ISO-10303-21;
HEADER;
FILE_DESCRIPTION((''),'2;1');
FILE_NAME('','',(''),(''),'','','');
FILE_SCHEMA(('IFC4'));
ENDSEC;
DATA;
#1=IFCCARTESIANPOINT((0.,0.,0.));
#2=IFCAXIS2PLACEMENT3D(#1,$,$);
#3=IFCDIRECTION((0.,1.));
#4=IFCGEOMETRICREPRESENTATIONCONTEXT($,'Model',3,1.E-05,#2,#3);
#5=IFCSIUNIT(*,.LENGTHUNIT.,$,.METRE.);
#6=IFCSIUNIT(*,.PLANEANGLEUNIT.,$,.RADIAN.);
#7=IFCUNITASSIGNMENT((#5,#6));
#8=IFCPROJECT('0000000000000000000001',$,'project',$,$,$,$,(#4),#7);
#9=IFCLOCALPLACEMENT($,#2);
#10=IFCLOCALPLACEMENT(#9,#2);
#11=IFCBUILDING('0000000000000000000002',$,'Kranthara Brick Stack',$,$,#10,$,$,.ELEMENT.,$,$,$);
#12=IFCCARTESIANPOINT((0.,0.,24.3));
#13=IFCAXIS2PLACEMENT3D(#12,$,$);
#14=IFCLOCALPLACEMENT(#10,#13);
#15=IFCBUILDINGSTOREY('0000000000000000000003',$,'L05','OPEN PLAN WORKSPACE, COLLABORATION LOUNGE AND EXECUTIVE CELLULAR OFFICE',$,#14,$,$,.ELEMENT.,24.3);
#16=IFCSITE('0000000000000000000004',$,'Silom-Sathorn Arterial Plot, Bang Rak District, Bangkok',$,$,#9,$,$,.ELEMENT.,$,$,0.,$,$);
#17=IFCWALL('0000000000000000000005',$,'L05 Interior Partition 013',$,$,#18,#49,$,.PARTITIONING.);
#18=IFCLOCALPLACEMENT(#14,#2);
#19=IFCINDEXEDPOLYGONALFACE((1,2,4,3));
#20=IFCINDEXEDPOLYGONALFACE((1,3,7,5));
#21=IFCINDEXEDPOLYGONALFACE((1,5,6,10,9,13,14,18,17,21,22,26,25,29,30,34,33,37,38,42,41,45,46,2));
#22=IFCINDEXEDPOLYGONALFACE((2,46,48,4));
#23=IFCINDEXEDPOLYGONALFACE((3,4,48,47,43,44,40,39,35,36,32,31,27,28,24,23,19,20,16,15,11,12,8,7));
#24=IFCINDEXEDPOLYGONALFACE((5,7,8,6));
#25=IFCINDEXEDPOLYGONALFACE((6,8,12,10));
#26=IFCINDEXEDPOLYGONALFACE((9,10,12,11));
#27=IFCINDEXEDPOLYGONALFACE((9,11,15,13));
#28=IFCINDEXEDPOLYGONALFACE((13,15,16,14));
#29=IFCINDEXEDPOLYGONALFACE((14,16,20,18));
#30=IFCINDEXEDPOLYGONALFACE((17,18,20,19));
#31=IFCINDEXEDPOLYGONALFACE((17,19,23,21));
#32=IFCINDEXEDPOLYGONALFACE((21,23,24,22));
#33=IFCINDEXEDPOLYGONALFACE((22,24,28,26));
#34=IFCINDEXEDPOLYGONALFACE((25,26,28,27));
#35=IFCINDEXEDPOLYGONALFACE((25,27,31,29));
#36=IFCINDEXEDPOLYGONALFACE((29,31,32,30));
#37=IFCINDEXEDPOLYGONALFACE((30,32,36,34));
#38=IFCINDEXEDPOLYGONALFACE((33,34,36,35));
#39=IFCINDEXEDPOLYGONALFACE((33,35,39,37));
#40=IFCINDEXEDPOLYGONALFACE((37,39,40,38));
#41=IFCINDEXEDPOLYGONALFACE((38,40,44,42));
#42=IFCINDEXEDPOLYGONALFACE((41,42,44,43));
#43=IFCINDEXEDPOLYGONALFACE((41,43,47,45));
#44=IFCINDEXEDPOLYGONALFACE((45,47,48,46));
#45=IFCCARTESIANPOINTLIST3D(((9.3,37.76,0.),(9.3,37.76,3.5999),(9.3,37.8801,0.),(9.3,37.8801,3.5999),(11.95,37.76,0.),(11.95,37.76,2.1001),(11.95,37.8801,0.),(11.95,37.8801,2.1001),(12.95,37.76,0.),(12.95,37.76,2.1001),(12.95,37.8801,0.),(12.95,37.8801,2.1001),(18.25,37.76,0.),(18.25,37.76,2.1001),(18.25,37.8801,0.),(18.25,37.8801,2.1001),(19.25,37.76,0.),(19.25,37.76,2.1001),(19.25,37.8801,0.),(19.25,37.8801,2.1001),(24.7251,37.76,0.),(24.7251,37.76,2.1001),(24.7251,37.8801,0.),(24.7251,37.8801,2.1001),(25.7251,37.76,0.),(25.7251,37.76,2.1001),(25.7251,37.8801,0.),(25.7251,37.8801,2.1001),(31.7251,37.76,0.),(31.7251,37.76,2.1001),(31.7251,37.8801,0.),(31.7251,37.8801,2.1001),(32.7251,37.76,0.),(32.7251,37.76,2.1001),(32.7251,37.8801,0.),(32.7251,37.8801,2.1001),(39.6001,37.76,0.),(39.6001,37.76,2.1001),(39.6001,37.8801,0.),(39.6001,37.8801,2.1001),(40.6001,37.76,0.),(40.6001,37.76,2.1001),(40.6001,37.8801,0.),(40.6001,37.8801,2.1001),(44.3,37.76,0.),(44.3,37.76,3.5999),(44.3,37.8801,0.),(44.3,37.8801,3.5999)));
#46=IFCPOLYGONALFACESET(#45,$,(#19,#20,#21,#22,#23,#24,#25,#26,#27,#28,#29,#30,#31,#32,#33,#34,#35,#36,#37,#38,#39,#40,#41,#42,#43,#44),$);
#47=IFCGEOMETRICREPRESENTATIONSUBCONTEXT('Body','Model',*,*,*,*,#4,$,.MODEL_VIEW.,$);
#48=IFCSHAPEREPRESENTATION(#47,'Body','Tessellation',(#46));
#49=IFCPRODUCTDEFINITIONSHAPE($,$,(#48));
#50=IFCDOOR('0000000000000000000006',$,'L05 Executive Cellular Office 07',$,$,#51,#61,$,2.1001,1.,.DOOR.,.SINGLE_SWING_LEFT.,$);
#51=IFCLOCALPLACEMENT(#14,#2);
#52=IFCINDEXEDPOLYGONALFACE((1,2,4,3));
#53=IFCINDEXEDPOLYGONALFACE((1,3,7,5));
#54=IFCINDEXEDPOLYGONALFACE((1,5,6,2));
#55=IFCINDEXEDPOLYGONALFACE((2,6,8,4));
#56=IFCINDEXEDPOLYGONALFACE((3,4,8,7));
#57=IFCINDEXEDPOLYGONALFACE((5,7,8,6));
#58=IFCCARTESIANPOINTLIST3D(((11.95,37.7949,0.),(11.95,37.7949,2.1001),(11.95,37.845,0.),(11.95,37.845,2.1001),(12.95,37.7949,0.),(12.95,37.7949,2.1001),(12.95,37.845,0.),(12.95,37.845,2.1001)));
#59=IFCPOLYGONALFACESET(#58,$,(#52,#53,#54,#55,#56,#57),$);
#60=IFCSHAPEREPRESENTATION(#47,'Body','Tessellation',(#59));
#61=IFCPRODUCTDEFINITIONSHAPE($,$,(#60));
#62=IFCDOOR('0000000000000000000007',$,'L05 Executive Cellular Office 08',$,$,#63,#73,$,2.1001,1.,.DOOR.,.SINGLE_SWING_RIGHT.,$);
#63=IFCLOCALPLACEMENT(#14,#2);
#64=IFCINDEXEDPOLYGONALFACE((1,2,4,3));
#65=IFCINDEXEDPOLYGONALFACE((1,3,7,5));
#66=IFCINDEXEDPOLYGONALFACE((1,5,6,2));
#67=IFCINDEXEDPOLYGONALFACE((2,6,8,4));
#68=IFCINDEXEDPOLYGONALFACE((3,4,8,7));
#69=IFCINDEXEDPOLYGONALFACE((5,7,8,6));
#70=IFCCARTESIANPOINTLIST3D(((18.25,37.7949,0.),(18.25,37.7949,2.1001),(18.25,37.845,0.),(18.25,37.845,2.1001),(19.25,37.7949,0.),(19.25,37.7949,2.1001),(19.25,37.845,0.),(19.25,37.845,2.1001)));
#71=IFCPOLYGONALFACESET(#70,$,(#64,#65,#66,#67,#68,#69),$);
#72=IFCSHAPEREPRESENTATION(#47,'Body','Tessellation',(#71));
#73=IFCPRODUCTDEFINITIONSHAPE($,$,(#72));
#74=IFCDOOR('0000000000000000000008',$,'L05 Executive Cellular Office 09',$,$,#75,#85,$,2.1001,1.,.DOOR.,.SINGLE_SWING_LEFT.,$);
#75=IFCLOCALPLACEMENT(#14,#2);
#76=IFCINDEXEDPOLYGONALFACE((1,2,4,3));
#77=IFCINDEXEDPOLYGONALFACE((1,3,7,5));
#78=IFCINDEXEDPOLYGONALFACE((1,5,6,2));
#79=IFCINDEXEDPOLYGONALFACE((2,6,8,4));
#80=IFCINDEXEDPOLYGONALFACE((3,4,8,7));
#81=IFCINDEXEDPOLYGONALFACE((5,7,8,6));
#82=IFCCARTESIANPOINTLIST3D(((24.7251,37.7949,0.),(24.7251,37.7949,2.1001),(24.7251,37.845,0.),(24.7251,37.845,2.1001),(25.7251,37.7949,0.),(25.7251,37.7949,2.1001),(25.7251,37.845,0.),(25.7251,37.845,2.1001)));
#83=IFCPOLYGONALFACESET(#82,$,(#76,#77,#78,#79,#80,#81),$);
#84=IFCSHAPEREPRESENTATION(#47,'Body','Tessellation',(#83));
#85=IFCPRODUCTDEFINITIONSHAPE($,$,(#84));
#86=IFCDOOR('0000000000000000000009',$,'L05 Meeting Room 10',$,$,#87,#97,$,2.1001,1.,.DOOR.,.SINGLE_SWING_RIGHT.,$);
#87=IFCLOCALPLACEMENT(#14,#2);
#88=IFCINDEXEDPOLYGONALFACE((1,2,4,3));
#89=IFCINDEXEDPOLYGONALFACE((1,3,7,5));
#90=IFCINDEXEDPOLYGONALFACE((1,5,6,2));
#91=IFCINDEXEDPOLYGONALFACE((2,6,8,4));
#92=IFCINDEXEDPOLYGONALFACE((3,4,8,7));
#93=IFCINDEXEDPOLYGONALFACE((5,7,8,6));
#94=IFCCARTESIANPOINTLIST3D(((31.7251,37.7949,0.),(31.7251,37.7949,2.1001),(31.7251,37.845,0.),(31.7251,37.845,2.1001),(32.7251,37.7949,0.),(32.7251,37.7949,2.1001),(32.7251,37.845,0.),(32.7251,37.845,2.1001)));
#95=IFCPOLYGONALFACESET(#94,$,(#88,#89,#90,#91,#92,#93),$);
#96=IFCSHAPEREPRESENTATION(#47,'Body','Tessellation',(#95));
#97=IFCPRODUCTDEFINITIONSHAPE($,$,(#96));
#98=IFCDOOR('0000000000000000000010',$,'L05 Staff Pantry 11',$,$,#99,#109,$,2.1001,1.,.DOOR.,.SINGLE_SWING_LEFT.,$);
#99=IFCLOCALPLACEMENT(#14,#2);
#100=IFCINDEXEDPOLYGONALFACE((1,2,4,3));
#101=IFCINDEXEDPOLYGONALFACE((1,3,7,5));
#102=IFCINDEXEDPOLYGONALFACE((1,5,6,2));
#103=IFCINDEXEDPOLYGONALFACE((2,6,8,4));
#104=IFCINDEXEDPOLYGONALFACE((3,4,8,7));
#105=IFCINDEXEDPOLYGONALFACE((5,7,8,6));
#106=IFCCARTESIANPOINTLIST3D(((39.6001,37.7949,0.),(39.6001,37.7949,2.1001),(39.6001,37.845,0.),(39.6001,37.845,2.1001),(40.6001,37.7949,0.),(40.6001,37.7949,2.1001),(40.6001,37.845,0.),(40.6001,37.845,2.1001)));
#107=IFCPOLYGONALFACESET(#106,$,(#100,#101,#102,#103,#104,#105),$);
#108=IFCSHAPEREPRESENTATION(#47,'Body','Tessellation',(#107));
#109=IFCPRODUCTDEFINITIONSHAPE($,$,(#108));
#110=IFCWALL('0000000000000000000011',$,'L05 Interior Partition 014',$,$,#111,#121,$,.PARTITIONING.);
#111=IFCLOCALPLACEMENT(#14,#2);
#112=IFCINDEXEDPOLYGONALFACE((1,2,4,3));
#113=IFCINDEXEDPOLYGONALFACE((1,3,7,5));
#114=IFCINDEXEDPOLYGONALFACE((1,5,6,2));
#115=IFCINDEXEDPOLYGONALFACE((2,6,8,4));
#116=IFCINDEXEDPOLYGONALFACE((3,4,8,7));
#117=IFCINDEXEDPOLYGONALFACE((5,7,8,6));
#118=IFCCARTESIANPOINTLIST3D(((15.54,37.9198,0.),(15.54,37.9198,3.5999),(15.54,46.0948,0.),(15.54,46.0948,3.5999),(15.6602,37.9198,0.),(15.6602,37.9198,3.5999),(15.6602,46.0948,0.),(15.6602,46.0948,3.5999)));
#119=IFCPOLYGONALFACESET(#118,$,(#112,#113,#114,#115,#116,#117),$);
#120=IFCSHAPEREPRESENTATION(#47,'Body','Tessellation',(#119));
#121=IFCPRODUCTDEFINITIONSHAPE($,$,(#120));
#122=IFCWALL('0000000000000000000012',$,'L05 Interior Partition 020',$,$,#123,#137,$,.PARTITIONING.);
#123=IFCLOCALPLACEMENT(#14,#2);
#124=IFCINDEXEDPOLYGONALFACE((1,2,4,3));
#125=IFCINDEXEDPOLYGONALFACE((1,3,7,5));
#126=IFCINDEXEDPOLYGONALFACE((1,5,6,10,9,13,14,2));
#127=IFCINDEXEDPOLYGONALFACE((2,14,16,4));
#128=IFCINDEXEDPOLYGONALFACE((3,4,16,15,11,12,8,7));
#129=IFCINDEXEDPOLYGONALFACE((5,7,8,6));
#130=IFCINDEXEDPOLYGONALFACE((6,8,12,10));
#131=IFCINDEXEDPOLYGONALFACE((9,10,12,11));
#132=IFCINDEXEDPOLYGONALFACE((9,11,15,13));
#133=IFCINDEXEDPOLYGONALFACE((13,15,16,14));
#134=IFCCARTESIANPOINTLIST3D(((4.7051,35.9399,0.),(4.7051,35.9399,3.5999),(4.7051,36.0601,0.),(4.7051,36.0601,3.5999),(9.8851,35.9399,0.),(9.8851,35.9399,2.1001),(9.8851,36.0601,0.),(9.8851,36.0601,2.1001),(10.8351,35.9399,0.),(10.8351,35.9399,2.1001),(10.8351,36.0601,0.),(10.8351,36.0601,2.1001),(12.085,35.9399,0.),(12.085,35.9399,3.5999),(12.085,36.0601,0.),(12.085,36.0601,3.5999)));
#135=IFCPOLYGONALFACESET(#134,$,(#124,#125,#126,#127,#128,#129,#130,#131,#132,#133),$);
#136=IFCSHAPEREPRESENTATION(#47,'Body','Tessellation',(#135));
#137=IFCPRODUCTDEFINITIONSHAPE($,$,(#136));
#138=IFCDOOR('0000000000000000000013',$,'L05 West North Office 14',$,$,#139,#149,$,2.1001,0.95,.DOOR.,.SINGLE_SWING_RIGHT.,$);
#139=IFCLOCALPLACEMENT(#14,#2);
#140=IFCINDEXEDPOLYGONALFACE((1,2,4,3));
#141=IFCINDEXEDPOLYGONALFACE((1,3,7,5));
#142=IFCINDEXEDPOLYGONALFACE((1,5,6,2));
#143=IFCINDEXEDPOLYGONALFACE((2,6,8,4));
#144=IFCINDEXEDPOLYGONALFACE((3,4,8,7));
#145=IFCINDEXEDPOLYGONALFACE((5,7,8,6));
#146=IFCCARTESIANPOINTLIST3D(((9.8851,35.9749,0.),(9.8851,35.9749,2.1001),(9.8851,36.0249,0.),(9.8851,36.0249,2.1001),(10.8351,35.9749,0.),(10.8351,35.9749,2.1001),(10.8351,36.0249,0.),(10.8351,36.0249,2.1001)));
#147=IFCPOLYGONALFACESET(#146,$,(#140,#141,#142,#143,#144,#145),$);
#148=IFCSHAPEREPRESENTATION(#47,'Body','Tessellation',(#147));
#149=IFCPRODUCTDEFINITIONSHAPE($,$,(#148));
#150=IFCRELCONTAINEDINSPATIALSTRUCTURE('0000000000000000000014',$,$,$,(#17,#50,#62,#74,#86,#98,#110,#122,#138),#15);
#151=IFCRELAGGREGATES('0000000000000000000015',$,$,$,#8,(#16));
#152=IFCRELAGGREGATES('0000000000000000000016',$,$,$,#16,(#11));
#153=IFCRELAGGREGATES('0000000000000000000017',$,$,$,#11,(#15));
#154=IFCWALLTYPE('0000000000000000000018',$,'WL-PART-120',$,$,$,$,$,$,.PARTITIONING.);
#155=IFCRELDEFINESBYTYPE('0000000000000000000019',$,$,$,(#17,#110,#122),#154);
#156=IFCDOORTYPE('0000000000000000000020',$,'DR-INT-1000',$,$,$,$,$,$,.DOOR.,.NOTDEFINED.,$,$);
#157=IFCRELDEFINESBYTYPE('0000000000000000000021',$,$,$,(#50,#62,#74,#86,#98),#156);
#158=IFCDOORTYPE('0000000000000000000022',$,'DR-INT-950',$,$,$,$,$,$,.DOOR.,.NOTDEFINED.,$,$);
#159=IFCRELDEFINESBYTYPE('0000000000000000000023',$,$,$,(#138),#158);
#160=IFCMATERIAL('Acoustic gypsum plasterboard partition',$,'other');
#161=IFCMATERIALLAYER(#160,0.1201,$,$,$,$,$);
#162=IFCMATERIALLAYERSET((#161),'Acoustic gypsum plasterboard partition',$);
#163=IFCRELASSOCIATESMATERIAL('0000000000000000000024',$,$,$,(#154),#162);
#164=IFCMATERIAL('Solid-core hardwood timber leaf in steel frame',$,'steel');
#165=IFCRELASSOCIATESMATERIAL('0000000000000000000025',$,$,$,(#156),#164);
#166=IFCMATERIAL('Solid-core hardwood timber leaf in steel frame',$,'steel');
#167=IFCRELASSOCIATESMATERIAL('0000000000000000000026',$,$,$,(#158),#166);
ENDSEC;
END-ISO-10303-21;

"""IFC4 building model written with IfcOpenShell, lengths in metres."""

from ifc_helpers import new_model, si_unit, direction, frame, frame_2d, origin, place, context, subcontext, project, spatial, rectangle, extrude, material, layer, layer_set, type_object, element, fill, save


model = new_model("IFC4")

# Units and contexts
model_context = context("Model", 3, precision=1e-05, world=origin(), true_north=direction((0.0, 1.0)))
body_context = subcontext(model_context, "Body", "Model", "MODEL_VIEW")
ifc_project = project(units=[si_unit("LENGTHUNIT", "METRE"), si_unit("PLANEANGLEUNIT", "RADIAN")], contexts=[model_context])

# Site, building, storey
site_placement = place(None, origin())
site = spatial("IfcSite", under=ifc_project, at=site_placement, Name="Silom-Sathorn Arterial Plot, Bang Rak District, Bangkok", CompositionType="ELEMENT", RefElevation=0.0)
building_placement = place(site_placement, origin())
building = spatial("IfcBuilding", under=site, at=building_placement, Name="Kranthara Brick Stack", CompositionType="ELEMENT")
storey_placement = place(building_placement, frame((0.0, 0.0, 24.3)))
storey = spatial("IfcBuildingStorey", under=building, at=storey_placement, Name="L05", Description="OPEN PLAN WORKSPACE, COLLABORATION LOUNGE AND EXECUTIVE CELLULAR OFFICE", CompositionType="ELEMENT", Elevation=24.3)

# Wall, openings, doors
ifc_material_1 = material(Name="Acoustic gypsum plasterboard partition", Category="other")
ifc_layer_1 = layer(ifc_material_1, 0.1201)
ifc_layer_set_1 = layer_set([ifc_layer_1], Name="Acoustic gypsum plasterboard partition")
wall_type_1 = type_object("IfcWallType", Name="WL-PART-120", PredefinedType="PARTITIONING", material=ifc_layer_set_1)
wall_1_placement = place(storey_placement, frame((9.3, 37.8201, 0.0), z_axis=(0.0, 0.0, 1.0), x_axis=(1.0, 0.0, 0.0)))
wall_1 = element("IfcWall", 1, at=wall_1_placement, inside=storey, type_object=wall_type_1, Name="L05 Interior Partition 013", PredefinedType="PARTITIONING", context=body_context, shape_type="SweptSolid", body=[
    extrude(rectangle(XDim=35.0, YDim=0.1201, at=frame_2d((17.5, 0.0))), origin(), (0.0, 0.0, 1.0), 3.5999),
])
opening_1_placement = place(wall_1_placement, frame((2.6499, 0.0, 0.0)))
opening_1 = element("IfcOpeningElement", 2, at=opening_1_placement, cuts=wall_1, PredefinedType="OPENING", context=body_context, shape_type="SweptSolid", body=[
    extrude(rectangle(XDim=1.0, YDim=2.1001, at=frame_2d((0.5, 1.05))), frame((0.0, 0.0701, 0.0), z_axis=(0.0, -1.0, 0.0), x_axis=(1.0, 0.0, 0.0)), (0.0, 0.0, 1.0), 0.1401),
])
opening_2_placement = place(wall_1_placement, frame((8.95, 0.0, 0.0)))
opening_2 = element("IfcOpeningElement", 3, at=opening_2_placement, cuts=wall_1, PredefinedType="OPENING", context=body_context, shape_type="SweptSolid", body=[
    extrude(rectangle(XDim=1.0, YDim=2.1001, at=frame_2d((0.5, 1.05))), frame((0.0, 0.0701, 0.0), z_axis=(0.0, -1.0, 0.0), x_axis=(1.0, 0.0, 0.0)), (0.0, 0.0, 1.0), 0.1401),
])
opening_3_placement = place(wall_1_placement, frame((15.425, 0.0, 0.0)))
opening_3 = element("IfcOpeningElement", 4, at=opening_3_placement, cuts=wall_1, PredefinedType="OPENING", context=body_context, shape_type="SweptSolid", body=[
    extrude(rectangle(XDim=1.0, YDim=2.1001, at=frame_2d((0.5, 1.05))), frame((0.0, 0.0701, 0.0), z_axis=(0.0, -1.0, 0.0), x_axis=(1.0, 0.0, 0.0)), (0.0, 0.0, 1.0), 0.1401),
])
opening_4_placement = place(wall_1_placement, frame((22.425, 0.0, 0.0)))
opening_4 = element("IfcOpeningElement", 5, at=opening_4_placement, cuts=wall_1, PredefinedType="OPENING", context=body_context, shape_type="SweptSolid", body=[
    extrude(rectangle(XDim=1.0, YDim=2.1001, at=frame_2d((0.5, 1.05))), frame((0.0, 0.0701, 0.0), z_axis=(0.0, -1.0, 0.0), x_axis=(1.0, 0.0, 0.0)), (0.0, 0.0, 1.0), 0.1401),
])
opening_5_placement = place(wall_1_placement, frame((30.3, 0.0, 0.0)))
opening_5 = element("IfcOpeningElement", 6, at=opening_5_placement, cuts=wall_1, PredefinedType="OPENING", context=body_context, shape_type="SweptSolid", body=[
    extrude(rectangle(XDim=1.0, YDim=2.1001, at=frame_2d((0.5, 1.05))), frame((0.0, 0.0701, 0.0), z_axis=(0.0, -1.0, 0.0), x_axis=(1.0, 0.0, 0.0)), (0.0, 0.0, 1.0), 0.1401),
])
ifc_material_2 = material(Name="Solid-core hardwood timber leaf in steel frame", Category="steel")
door_type_1 = type_object("IfcDoorType", Name="DR-INT-1000", OperationType="NOTDEFINED", PredefinedType="DOOR", material=ifc_material_2)
door_1_placement = place(opening_1_placement, origin())
door_1 = element("IfcDoor", 7, at=door_1_placement, inside=storey, type_object=door_type_1, Name="L05 Executive Cellular Office 07", OperationType="SINGLE_SWING_LEFT", OverallHeight=2.1001, OverallWidth=1.0, PredefinedType="DOOR", context=body_context, shape_type="SweptSolid", body=[
    extrude(rectangle(XDim=1.0, YDim=2.1001, at=frame_2d((0.5, 1.05))), frame((0.0, 0.0249, 0.0), z_axis=(0.0, -1.0, 0.0), x_axis=(1.0, 0.0, 0.0)), (0.0, 0.0, 1.0), 0.05),
])
fill(opening_1, door_1)
door_2_placement = place(opening_2_placement, origin())
door_2 = element("IfcDoor", 8, at=door_2_placement, inside=storey, type_object=door_type_1, Name="L05 Executive Cellular Office 08", OperationType="SINGLE_SWING_RIGHT", OverallHeight=2.1001, OverallWidth=1.0, PredefinedType="DOOR", context=body_context, shape_type="SweptSolid", body=[
    extrude(rectangle(XDim=1.0, YDim=2.1001, at=frame_2d((0.5, 1.05))), frame((0.0, 0.0249, 0.0), z_axis=(0.0, -1.0, 0.0), x_axis=(1.0, 0.0, 0.0)), (0.0, 0.0, 1.0), 0.05),
])
fill(opening_2, door_2)
door_3_placement = place(opening_3_placement, origin())
door_3 = element("IfcDoor", 9, at=door_3_placement, inside=storey, type_object=door_type_1, Name="L05 Executive Cellular Office 09", OperationType="SINGLE_SWING_LEFT", OverallHeight=2.1001, OverallWidth=1.0, PredefinedType="DOOR", context=body_context, shape_type="SweptSolid", body=[
    extrude(rectangle(XDim=1.0, YDim=2.1001, at=frame_2d((0.5, 1.05))), frame((0.0, 0.0249, 0.0), z_axis=(0.0, -1.0, 0.0), x_axis=(1.0, 0.0, 0.0)), (0.0, 0.0, 1.0), 0.05),
])
fill(opening_3, door_3)
door_4_placement = place(opening_4_placement, origin())
door_4 = element("IfcDoor", 10, at=door_4_placement, inside=storey, type_object=door_type_1, Name="L05 Meeting Room 10", OperationType="SINGLE_SWING_RIGHT", OverallHeight=2.1001, OverallWidth=1.0, PredefinedType="DOOR", context=body_context, shape_type="SweptSolid", body=[
    extrude(rectangle(XDim=1.0, YDim=2.1001, at=frame_2d((0.5, 1.05))), frame((0.0, 0.0249, 0.0), z_axis=(0.0, -1.0, 0.0), x_axis=(1.0, 0.0, 0.0)), (0.0, 0.0, 1.0), 0.05),
])
fill(opening_4, door_4)
door_5_placement = place(opening_5_placement, origin())
door_5 = element("IfcDoor", 11, at=door_5_placement, inside=storey, type_object=door_type_1, Name="L05 Staff Pantry 11", OperationType="SINGLE_SWING_LEFT", OverallHeight=2.1001, OverallWidth=1.0, PredefinedType="DOOR", context=body_context, shape_type="SweptSolid", body=[
    extrude(rectangle(XDim=1.0, YDim=2.1001, at=frame_2d((0.5, 1.05))), frame((0.0, 0.0249, 0.0), z_axis=(0.0, -1.0, 0.0), x_axis=(1.0, 0.0, 0.0)), (0.0, 0.0, 1.0), 0.05),
])
fill(opening_5, door_5)

# Wall
wall_2_placement = place(storey_placement, frame((15.6001, 37.9199, 0.0), z_axis=(0.0, 0.0, 1.0), x_axis=(0.0, 1.0, 0.0)))
element("IfcWall", 12, at=wall_2_placement, inside=storey, type_object=wall_type_1, Name="L05 Interior Partition 014", PredefinedType="PARTITIONING", context=body_context, shape_type="SweptSolid", body=[
    extrude(rectangle(XDim=8.175, YDim=0.1201, at=frame_2d((4.0874, 0.0))), origin(), (0.0, 0.0, 1.0), 3.5999),
])

# Wall, opening, door
wall_3_placement = place(storey_placement, frame((4.7051, 36.0, 0.0), z_axis=(0.0, 0.0, 1.0), x_axis=(1.0, 0.0, 0.0)))
wall_3 = element("IfcWall", 13, at=wall_3_placement, inside=storey, type_object=wall_type_1, Name="L05 Interior Partition 020", PredefinedType="PARTITIONING", context=body_context, shape_type="SweptSolid", body=[
    extrude(rectangle(XDim=7.3799, YDim=0.1201, at=frame_2d((3.6899, 0.0))), origin(), (0.0, 0.0, 1.0), 3.5999),
])
opening_6_placement = place(wall_3_placement, frame((5.1799, 0.0, 0.0)))
opening_6 = element("IfcOpeningElement", 14, at=opening_6_placement, cuts=wall_3, PredefinedType="OPENING", context=body_context, shape_type="SweptSolid", body=[
    extrude(rectangle(XDim=0.95, YDim=2.1001, at=frame_2d((0.4751, 1.05))), frame((0.0, 0.0701, 0.0), z_axis=(0.0, -1.0, 0.0), x_axis=(1.0, 0.0, 0.0)), (0.0, 0.0, 1.0), 0.1401),
])
ifc_material_3 = material(Name="Solid-core hardwood timber leaf in steel frame", Category="steel")
door_type_2 = type_object("IfcDoorType", Name="DR-INT-950", OperationType="NOTDEFINED", PredefinedType="DOOR", material=ifc_material_3)
door_6_placement = place(opening_6_placement, origin())
door_6 = element("IfcDoor", 15, at=door_6_placement, inside=storey, type_object=door_type_2, Name="L05 West North Office 14", OperationType="SINGLE_SWING_RIGHT", OverallHeight=2.1001, OverallWidth=0.95, PredefinedType="DOOR", context=body_context, shape_type="SweptSolid", body=[
    extrude(rectangle(XDim=0.95, YDim=2.1001, at=frame_2d((0.4751, 1.05))), frame((0.0, 0.0249, 0.0), z_axis=(0.0, -1.0, 0.0), x_axis=(1.0, 0.0, 0.0)), (0.0, 0.0, 1.0), 0.05),
])
fill(opening_6, door_6)

save(model, "model.ifc")
